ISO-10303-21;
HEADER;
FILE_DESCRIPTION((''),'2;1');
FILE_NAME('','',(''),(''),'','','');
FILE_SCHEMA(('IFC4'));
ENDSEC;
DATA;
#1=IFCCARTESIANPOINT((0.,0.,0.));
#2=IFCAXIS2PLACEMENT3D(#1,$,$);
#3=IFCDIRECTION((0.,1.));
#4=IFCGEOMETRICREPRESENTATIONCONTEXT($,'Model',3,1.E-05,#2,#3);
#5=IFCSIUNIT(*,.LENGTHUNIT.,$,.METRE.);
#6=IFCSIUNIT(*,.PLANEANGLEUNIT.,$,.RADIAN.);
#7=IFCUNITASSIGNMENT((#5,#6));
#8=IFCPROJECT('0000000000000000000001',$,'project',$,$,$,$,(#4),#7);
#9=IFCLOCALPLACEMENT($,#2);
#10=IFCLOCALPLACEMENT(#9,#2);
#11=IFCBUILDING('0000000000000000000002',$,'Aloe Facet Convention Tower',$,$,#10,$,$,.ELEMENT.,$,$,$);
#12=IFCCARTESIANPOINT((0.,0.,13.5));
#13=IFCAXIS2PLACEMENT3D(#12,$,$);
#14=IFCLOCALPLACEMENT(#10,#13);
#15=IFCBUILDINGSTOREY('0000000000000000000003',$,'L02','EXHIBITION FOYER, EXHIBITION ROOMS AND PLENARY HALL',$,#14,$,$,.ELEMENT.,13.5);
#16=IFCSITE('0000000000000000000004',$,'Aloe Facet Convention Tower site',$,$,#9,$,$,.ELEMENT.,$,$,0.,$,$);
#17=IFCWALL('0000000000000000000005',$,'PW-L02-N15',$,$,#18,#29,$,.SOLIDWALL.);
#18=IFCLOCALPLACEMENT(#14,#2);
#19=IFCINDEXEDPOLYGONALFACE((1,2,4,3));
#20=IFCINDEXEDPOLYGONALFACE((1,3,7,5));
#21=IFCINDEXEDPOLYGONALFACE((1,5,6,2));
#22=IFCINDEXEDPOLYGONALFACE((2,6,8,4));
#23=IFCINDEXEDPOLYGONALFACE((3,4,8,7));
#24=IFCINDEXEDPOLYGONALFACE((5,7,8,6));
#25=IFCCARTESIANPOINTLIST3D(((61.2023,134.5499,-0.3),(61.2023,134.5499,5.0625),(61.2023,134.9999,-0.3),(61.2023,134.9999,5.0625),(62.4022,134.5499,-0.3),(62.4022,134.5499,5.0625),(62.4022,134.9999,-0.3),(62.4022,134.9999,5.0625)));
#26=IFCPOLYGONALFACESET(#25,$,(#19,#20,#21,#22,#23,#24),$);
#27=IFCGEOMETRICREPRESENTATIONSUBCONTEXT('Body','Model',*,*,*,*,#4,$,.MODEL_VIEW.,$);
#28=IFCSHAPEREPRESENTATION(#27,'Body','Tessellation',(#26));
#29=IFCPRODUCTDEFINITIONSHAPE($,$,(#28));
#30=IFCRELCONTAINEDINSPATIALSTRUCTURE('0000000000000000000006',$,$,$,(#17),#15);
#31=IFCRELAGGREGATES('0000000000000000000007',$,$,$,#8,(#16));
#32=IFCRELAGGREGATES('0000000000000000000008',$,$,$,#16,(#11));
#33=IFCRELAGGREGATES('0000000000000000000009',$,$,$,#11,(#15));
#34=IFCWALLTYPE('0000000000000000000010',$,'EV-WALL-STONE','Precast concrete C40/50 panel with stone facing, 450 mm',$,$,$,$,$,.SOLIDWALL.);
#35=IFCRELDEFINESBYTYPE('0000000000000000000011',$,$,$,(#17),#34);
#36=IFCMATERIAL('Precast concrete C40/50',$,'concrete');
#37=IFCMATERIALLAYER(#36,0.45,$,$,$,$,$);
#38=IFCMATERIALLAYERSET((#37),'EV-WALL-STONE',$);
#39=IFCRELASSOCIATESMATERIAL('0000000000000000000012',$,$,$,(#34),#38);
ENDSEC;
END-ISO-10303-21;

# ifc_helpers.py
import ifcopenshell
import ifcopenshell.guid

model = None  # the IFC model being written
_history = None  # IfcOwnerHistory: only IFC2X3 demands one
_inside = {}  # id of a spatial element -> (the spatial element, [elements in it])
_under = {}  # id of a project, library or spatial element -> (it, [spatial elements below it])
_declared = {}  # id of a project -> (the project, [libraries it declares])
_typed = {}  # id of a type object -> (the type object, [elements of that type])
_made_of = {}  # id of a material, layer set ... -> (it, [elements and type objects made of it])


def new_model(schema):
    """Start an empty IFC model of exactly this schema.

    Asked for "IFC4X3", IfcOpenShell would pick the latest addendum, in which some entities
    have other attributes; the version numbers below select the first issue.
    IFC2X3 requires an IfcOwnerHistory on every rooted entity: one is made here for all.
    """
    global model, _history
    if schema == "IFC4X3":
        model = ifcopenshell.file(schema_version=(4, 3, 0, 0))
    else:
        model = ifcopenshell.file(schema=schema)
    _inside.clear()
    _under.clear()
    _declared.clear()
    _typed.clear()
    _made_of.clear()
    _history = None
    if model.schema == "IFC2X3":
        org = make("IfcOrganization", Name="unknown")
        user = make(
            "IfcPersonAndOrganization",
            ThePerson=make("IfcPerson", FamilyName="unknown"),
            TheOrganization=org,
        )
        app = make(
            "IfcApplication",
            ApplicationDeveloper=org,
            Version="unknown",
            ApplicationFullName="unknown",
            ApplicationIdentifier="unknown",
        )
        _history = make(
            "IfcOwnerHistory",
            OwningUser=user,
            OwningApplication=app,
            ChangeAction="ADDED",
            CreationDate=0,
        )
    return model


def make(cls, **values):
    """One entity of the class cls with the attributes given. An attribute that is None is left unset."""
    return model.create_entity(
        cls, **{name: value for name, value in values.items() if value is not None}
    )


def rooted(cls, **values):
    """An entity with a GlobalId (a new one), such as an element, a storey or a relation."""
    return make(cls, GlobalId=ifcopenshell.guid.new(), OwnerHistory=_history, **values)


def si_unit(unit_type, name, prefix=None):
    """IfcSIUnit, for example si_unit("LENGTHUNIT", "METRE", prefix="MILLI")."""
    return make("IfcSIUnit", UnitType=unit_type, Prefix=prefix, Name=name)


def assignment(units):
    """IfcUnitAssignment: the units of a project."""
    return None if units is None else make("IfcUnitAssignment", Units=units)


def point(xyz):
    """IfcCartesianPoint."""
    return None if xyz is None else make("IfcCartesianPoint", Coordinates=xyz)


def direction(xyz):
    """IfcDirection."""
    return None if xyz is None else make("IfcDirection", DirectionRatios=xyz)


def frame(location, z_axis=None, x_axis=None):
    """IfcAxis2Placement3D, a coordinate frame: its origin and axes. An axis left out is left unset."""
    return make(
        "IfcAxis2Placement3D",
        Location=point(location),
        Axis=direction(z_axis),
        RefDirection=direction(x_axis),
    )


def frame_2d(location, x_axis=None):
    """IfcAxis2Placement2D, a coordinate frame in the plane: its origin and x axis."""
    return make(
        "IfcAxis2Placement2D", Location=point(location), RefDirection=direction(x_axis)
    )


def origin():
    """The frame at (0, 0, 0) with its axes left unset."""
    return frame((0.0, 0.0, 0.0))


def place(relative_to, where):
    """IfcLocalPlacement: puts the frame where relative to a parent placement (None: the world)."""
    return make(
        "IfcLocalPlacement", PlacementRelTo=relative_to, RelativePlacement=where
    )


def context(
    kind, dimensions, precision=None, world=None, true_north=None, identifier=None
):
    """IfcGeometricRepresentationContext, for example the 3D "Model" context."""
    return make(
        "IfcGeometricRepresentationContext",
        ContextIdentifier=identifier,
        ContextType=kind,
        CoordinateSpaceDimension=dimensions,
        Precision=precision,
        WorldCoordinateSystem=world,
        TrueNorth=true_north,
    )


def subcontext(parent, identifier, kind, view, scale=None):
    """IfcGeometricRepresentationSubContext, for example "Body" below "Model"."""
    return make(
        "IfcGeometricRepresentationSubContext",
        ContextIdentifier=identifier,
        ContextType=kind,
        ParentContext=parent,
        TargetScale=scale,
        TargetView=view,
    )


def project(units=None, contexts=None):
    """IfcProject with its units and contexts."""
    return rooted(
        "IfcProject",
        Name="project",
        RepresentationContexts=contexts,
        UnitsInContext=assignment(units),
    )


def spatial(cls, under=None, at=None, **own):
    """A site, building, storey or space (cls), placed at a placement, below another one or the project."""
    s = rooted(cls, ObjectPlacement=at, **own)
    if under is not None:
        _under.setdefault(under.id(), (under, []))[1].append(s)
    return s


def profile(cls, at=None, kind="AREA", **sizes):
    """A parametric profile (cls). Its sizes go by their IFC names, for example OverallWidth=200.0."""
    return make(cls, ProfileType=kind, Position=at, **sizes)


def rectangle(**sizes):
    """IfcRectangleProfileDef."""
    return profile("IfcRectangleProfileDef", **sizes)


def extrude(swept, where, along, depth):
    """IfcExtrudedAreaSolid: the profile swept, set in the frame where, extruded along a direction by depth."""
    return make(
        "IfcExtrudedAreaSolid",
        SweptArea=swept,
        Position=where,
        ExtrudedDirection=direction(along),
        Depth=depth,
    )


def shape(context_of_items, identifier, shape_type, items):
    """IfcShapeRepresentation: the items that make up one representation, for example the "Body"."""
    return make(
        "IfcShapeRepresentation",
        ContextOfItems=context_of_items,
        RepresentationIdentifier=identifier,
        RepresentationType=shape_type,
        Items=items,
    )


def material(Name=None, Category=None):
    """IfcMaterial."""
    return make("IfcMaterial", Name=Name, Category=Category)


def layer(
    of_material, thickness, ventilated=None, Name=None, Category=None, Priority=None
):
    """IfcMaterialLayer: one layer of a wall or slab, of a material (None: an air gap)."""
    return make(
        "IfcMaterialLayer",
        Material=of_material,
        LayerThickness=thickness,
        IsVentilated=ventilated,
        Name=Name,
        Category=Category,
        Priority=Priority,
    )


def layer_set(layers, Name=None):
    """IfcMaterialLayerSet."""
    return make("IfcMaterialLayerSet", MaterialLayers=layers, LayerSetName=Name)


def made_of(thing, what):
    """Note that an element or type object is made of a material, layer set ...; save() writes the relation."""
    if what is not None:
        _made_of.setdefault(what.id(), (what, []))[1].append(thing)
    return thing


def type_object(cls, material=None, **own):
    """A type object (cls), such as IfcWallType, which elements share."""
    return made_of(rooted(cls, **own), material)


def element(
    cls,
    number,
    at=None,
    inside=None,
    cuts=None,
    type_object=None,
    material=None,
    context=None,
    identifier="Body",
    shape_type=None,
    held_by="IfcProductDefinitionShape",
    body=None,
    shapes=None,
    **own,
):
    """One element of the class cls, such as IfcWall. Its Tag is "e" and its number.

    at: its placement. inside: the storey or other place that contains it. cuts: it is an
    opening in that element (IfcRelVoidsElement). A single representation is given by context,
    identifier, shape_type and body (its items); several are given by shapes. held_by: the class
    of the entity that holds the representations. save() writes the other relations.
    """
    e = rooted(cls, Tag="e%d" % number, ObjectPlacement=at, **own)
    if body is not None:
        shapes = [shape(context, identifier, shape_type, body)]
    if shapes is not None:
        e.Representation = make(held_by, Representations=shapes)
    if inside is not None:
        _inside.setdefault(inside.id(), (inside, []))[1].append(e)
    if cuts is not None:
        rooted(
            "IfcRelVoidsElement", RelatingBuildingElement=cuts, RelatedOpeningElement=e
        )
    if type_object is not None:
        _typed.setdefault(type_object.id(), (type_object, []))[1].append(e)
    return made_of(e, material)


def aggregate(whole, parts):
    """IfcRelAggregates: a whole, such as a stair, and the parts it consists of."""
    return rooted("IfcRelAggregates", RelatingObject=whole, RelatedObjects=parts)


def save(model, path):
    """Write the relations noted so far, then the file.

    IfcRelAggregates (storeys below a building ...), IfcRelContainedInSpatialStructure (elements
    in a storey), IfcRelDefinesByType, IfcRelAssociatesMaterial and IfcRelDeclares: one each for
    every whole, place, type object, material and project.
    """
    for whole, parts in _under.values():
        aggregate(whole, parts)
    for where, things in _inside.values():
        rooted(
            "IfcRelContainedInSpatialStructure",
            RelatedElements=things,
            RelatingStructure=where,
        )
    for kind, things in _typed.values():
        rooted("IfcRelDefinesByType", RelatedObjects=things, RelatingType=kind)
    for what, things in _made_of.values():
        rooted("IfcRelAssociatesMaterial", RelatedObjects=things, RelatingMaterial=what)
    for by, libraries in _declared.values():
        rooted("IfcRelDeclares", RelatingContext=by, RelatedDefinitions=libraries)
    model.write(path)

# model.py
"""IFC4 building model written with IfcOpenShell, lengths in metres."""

from ifc_helpers import new_model, si_unit, direction, frame, frame_2d, origin, place, context, subcontext, project, spatial, rectangle, extrude, material, layer, layer_set, type_object, element, save


model = new_model("IFC4")

# Units and contexts
model_context = context("Model", 3, precision=1e-05, world=origin(), true_north=direction((0.0, 1.0)))
body_context = subcontext(model_context, "Body", "Model", "MODEL_VIEW")
ifc_project = project(units=[si_unit("LENGTHUNIT", "METRE"), si_unit("PLANEANGLEUNIT", "RADIAN")], contexts=[model_context])

# Site, building, storey
site_placement = place(None, origin())
site = spatial("IfcSite", under=ifc_project, at=site_placement, Name="Aloe Facet Convention Tower site", CompositionType="ELEMENT", RefElevation=0.0)
building_placement = place(site_placement, origin())
building = spatial("IfcBuilding", under=site, at=building_placement, Name="Aloe Facet Convention Tower", CompositionType="ELEMENT")
storey_placement = place(building_placement, frame((0.0, 0.0, 13.5)))
storey = spatial("IfcBuildingStorey", under=building, at=storey_placement, Name="L02", Description="EXHIBITION FOYER, EXHIBITION ROOMS AND PLENARY HALL", CompositionType="ELEMENT", Elevation=13.5)

# Wall
ifc_material_1 = material(Name="Precast concrete C40/50", Category="concrete")
ifc_layer_1 = layer(ifc_material_1, 0.45)
ifc_layer_set_1 = layer_set([ifc_layer_1], Name="EV-WALL-STONE")
wall_type_1 = type_object("IfcWallType", Name="EV-WALL-STONE", Description="Precast concrete C40/50 panel with stone facing, 450 mm", PredefinedType="SOLIDWALL", material=ifc_layer_set_1)
wall_1_placement = place(storey_placement, frame((62.4023, 134.7749, -0.3), z_axis=(0.0, 0.0, 1.0), x_axis=(-1.0, 0.0, 0.0)))
element("IfcWall", 1, at=wall_1_placement, inside=storey, type_object=wall_type_1, Name="PW-L02-N15", PredefinedType="SOLIDWALL", context=body_context, shape_type="SweptSolid", body=[
    extrude(rectangle(XDim=1.2, YDim=0.45, at=frame_2d((0.6001, 0.0))), origin(), (0.0, 0.0, 1.0), 5.3625),
])

save(model, "model.ifc")
